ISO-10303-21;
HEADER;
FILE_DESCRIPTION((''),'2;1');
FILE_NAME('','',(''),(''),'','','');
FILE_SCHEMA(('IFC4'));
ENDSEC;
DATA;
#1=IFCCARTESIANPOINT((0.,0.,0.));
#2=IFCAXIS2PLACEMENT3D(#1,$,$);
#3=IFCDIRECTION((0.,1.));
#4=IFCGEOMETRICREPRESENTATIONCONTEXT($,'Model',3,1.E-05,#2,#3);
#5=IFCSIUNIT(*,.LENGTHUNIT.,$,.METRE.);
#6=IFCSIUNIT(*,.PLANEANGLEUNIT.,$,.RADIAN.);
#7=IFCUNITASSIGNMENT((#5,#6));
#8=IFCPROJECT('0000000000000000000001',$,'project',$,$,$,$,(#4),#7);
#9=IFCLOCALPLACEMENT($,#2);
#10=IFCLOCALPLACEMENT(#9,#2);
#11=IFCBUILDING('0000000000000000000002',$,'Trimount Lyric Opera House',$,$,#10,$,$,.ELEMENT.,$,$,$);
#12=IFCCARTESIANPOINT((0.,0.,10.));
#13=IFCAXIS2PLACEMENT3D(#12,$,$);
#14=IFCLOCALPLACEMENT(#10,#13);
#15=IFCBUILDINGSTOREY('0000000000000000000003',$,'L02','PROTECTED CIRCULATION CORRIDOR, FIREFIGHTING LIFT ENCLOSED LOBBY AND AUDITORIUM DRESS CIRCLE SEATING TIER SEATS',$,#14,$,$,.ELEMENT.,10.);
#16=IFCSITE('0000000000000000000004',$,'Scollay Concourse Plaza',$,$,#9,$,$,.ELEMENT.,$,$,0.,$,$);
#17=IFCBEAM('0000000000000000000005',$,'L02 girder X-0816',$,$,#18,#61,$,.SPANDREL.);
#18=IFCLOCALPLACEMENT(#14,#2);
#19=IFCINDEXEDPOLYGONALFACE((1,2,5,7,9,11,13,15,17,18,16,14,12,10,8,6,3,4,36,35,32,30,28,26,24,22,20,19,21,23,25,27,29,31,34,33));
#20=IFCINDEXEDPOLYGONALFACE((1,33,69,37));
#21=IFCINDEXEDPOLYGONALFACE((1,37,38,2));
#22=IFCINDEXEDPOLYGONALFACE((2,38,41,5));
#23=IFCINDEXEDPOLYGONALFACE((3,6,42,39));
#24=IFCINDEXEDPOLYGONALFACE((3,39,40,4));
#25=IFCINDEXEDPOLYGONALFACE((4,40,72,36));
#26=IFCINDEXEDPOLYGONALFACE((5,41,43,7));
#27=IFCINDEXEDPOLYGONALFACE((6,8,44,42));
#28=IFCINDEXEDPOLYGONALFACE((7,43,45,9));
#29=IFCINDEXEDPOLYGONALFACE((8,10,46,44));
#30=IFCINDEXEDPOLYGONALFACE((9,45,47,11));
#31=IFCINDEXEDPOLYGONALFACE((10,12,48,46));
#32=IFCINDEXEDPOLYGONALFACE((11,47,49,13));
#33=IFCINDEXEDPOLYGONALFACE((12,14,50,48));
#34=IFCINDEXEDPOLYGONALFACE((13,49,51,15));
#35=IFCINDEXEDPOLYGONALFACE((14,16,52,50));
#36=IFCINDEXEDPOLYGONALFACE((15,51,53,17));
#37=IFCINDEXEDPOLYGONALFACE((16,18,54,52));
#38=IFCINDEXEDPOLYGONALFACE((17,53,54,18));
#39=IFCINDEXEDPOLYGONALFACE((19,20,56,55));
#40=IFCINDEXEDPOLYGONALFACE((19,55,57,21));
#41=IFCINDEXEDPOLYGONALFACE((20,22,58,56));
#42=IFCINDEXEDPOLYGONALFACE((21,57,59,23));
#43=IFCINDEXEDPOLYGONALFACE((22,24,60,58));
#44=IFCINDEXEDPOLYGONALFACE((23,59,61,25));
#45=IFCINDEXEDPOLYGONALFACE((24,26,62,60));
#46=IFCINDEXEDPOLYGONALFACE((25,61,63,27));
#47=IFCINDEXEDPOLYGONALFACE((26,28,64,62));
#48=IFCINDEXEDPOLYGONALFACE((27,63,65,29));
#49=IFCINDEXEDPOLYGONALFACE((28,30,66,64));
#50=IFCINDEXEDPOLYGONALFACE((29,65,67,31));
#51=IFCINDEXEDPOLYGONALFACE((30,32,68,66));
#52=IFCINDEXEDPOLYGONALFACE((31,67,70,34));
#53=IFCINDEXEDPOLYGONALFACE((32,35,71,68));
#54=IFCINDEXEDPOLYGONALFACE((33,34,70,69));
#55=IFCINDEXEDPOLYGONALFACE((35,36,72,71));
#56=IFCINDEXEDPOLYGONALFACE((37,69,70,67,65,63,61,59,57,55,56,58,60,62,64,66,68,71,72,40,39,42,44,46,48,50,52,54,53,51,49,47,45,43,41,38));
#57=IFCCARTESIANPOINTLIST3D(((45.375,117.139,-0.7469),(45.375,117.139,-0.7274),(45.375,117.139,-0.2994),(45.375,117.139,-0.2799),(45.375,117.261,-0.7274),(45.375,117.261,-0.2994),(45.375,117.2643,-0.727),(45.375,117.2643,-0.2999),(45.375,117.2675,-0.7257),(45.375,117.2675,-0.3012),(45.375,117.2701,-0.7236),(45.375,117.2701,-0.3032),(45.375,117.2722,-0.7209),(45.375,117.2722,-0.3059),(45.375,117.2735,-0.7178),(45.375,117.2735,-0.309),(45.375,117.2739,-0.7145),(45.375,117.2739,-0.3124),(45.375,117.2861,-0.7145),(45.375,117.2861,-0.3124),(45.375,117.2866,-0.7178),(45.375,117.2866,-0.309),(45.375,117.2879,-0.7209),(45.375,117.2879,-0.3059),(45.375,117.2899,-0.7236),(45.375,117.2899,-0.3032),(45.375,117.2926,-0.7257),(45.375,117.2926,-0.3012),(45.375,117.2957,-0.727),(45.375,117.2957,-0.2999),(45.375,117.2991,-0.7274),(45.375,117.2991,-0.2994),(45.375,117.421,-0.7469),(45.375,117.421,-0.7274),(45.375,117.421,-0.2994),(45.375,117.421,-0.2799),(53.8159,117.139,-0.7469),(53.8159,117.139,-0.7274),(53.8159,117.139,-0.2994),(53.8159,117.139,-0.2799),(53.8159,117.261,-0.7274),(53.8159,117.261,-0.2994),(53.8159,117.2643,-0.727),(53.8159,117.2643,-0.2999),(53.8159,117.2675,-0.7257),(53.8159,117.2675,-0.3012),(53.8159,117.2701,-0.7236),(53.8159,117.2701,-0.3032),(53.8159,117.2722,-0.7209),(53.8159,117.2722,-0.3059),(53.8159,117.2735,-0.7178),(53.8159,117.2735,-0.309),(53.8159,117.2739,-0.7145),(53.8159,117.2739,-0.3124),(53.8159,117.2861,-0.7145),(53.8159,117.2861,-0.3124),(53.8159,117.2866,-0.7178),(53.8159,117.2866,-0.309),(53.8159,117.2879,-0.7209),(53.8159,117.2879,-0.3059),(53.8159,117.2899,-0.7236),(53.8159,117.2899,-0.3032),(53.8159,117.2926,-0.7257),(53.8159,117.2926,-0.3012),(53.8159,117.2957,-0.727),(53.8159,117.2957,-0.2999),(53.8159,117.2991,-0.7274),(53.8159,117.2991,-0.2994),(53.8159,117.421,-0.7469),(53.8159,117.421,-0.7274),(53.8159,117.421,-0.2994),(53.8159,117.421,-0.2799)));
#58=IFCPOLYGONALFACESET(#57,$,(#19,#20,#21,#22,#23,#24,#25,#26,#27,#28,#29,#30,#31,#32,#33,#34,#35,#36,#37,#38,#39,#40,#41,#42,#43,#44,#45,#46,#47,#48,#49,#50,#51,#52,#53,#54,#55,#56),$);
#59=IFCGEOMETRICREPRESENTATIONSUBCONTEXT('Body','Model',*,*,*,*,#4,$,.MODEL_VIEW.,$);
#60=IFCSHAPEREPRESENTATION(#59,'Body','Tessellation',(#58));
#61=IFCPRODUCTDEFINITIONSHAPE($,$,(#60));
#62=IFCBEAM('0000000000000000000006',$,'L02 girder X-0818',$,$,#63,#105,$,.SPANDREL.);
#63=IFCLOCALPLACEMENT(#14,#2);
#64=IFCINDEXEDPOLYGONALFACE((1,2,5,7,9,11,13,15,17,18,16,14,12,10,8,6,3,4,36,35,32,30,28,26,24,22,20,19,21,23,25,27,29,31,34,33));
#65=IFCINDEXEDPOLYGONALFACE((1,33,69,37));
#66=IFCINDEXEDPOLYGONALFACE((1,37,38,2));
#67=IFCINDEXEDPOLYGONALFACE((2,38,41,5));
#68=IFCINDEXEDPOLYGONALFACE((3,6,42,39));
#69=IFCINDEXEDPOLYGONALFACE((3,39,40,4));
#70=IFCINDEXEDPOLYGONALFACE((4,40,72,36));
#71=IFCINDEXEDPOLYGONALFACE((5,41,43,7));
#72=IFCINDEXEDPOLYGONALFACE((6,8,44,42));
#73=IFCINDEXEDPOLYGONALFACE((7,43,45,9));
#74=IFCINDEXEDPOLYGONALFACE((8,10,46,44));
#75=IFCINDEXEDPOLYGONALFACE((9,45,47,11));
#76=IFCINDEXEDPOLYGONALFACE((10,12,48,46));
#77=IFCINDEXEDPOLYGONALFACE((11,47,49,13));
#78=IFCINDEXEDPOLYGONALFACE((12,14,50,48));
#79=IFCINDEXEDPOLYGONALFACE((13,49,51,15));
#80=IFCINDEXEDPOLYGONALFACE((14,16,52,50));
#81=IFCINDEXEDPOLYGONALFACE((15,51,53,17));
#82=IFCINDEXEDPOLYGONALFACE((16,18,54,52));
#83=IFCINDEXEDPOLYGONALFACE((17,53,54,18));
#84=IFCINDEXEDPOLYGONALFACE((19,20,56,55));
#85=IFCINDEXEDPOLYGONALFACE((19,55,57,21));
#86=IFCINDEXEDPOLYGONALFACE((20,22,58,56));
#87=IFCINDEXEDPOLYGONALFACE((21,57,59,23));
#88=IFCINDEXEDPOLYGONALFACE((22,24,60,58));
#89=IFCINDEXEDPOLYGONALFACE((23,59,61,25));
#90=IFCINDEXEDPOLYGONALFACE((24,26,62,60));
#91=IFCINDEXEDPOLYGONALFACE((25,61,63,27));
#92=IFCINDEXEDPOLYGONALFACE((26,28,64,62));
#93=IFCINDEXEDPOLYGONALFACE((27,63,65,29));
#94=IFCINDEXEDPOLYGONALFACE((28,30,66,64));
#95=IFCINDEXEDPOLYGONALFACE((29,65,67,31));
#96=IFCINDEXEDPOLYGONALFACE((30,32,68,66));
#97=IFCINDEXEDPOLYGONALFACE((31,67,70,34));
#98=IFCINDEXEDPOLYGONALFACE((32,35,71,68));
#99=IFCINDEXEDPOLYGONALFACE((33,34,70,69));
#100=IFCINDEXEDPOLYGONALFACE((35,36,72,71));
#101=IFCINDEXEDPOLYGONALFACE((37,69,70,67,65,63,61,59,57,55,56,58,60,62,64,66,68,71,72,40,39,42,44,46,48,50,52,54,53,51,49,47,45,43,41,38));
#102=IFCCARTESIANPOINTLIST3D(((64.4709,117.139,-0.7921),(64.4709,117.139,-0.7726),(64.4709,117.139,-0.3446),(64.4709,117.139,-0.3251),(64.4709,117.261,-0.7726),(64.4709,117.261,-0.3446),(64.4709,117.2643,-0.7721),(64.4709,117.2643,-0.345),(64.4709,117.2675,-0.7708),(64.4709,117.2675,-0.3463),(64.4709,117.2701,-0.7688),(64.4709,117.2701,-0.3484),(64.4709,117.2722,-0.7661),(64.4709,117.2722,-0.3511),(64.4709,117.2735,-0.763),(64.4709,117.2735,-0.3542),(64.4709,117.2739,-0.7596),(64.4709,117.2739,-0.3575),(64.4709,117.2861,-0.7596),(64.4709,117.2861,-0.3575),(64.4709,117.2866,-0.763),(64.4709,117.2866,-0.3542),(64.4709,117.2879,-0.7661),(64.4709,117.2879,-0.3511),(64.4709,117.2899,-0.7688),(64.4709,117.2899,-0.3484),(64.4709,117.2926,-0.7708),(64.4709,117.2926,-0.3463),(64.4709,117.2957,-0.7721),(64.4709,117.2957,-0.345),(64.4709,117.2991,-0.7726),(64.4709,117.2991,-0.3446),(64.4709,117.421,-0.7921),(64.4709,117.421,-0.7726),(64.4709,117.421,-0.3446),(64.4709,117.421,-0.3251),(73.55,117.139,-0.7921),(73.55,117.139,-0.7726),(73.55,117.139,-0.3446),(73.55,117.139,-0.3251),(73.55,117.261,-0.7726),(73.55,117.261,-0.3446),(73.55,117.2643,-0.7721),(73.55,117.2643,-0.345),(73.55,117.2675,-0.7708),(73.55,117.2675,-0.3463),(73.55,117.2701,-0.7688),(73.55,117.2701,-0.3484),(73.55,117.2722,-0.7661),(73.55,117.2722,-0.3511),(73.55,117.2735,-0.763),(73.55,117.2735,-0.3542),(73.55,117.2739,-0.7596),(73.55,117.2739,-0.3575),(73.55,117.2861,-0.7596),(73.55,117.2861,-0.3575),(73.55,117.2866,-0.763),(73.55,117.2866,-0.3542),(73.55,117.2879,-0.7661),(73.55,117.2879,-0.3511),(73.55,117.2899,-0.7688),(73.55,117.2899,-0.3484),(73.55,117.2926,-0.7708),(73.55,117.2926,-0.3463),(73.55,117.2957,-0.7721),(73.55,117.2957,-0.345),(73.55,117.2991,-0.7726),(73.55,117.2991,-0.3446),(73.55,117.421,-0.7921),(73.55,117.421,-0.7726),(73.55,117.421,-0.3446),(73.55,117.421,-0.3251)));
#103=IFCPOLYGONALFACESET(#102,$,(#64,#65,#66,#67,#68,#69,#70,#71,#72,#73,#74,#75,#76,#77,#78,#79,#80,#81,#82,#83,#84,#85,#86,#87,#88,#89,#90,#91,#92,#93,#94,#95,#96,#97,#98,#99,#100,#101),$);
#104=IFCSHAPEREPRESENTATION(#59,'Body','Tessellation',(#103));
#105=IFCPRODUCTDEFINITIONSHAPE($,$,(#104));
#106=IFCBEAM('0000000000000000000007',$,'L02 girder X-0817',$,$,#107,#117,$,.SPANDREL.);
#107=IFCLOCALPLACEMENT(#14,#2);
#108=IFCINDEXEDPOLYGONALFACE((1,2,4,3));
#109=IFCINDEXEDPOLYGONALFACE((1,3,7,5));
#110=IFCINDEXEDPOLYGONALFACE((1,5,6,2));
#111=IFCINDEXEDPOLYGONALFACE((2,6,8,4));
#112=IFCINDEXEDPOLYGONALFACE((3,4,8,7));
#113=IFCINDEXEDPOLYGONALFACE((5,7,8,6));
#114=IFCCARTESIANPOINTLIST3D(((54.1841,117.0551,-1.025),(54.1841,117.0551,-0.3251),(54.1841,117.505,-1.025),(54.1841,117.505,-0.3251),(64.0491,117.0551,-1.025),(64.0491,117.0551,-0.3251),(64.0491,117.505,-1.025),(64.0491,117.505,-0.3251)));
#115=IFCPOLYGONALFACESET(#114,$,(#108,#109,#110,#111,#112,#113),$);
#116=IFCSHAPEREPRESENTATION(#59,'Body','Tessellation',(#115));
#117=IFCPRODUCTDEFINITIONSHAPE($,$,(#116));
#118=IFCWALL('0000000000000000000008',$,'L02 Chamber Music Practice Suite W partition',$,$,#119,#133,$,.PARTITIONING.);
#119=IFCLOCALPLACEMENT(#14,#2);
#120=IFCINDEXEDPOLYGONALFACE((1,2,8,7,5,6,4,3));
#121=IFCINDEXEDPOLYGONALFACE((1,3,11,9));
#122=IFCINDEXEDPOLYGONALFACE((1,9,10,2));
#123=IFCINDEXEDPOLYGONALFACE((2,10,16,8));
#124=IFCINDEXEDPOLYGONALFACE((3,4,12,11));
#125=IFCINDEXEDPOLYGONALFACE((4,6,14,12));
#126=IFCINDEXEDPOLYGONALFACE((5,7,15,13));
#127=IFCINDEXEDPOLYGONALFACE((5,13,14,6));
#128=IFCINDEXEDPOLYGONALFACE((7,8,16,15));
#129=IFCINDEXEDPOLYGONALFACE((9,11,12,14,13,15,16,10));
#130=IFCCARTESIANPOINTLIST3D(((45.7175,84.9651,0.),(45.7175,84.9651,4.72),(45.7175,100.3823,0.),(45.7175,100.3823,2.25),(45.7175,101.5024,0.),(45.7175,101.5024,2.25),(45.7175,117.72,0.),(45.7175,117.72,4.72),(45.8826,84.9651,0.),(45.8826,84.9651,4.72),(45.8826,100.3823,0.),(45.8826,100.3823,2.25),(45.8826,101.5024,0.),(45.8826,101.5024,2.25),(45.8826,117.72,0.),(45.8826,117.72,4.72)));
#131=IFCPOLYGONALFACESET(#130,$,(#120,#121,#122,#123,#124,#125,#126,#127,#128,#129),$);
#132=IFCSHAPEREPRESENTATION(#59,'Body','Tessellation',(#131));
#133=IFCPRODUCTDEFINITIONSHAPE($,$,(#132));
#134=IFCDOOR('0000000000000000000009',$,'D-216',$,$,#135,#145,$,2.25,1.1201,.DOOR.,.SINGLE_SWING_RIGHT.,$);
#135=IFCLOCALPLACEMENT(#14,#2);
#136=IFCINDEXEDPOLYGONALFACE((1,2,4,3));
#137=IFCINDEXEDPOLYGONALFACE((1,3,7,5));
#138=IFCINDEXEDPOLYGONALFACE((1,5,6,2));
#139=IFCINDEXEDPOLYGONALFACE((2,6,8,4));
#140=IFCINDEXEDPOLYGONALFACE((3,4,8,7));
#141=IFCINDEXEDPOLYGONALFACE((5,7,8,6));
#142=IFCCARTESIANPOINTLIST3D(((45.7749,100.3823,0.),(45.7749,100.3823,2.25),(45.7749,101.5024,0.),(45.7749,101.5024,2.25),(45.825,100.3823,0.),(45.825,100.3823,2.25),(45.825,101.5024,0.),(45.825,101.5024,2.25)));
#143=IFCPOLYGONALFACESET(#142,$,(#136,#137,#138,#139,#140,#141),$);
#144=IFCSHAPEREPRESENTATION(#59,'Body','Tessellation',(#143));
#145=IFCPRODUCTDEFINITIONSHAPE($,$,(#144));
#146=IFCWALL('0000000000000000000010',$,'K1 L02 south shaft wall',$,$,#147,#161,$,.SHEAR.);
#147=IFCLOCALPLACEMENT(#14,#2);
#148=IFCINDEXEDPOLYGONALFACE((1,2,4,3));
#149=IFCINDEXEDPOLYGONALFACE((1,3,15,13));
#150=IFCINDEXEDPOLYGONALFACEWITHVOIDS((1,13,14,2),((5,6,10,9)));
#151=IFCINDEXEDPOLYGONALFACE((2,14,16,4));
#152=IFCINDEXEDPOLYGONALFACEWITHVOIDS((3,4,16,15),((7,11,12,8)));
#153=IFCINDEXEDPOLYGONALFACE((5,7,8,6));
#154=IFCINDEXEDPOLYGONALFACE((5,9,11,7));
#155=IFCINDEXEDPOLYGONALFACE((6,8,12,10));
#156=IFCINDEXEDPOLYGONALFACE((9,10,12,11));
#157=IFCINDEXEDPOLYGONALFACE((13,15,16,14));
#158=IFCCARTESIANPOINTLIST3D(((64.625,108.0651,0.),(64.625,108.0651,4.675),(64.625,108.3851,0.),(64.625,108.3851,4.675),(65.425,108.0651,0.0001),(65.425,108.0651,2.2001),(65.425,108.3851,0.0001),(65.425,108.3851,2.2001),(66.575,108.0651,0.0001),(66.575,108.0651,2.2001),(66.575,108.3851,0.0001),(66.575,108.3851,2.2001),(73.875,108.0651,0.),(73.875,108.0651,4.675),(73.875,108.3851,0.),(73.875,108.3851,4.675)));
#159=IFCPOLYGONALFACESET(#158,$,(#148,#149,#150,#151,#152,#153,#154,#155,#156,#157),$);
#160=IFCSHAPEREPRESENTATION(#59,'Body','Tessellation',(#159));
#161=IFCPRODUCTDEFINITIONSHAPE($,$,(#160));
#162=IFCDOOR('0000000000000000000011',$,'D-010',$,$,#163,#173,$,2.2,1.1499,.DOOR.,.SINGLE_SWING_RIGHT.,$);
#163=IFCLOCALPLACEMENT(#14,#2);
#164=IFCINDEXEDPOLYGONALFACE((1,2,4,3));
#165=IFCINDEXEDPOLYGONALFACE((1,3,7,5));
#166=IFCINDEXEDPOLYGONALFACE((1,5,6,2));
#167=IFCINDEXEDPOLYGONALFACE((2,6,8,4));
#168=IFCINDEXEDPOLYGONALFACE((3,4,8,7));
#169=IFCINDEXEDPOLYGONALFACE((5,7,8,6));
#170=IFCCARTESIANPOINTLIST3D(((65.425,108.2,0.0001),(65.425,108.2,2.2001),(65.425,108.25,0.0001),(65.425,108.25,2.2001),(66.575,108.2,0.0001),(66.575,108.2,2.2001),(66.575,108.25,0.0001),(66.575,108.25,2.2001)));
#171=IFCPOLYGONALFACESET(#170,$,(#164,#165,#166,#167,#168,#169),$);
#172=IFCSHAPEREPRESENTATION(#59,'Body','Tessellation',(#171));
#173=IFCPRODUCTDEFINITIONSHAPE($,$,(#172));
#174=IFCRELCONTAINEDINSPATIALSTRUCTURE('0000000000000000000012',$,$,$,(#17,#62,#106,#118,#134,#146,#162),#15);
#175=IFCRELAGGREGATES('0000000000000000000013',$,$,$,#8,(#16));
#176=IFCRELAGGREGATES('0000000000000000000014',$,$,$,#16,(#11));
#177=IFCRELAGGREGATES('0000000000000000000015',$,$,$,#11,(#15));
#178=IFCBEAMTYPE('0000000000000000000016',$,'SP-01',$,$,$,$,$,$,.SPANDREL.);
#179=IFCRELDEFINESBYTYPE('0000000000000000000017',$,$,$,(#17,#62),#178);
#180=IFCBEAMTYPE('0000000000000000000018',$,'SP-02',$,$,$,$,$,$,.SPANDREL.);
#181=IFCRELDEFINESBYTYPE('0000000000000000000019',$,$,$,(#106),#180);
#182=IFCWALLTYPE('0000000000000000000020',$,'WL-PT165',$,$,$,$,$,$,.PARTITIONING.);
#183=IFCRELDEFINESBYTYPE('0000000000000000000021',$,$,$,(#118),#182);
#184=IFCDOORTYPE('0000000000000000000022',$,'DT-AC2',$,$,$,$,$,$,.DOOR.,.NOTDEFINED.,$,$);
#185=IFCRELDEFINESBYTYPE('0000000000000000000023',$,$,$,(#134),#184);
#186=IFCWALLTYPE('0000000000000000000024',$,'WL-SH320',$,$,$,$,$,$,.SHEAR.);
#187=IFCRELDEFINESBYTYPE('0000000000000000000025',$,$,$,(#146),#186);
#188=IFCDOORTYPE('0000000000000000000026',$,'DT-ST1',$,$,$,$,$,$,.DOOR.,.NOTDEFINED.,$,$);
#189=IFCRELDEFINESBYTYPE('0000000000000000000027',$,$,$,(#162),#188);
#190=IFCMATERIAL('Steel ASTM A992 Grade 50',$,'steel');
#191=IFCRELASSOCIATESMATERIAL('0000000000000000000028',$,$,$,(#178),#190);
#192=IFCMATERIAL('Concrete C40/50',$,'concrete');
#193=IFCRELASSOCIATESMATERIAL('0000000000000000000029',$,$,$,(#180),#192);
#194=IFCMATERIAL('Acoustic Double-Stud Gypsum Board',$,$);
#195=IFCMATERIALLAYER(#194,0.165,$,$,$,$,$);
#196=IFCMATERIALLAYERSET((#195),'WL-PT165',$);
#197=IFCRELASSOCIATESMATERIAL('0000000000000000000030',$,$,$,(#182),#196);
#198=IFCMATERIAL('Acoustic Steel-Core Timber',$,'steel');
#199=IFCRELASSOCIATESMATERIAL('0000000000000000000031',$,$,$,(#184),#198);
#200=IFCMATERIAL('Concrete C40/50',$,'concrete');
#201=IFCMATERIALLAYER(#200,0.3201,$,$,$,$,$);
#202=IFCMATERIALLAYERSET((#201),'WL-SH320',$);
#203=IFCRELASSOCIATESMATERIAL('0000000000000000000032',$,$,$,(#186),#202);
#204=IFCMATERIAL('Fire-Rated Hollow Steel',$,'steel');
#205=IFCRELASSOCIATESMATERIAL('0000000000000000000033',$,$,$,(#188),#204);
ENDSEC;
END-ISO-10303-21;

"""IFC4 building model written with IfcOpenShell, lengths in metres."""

from ifc_helpers import new_model, si_unit, direction, frame, frame_2d, origin, origin_2d, place, context, subcontext, project, spatial, rectangle, i_section, extrude, material, layer, layer_set, material_profile, profile_set, type_object, element, fill, save


model = new_model("IFC4")

# Units and contexts
model_context = context("Model", 3, precision=1e-05, world=origin(), true_north=direction((0.0, 1.0)))
body_context = subcontext(model_context, "Body", "Model", "MODEL_VIEW")
ifc_project = project(units=[si_unit("LENGTHUNIT", "METRE"), si_unit("PLANEANGLEUNIT", "RADIAN")], contexts=[model_context])

# Site, building, storey
site_placement = place(None, origin())
site = spatial("IfcSite", under=ifc_project, at=site_placement, Name="Scollay Concourse Plaza", CompositionType="ELEMENT", RefElevation=0.0)
building_placement = place(site_placement, origin())
building = spatial("IfcBuilding", under=site, at=building_placement, Name="Trimount Lyric Opera House", CompositionType="ELEMENT")
storey_placement = place(building_placement, frame((0.0, 0.0, 10.0)))
storey = spatial("IfcBuildingStorey", under=building, at=storey_placement, Name="L02", Description="PROTECTED CIRCULATION CORRIDOR, FIREFIGHTING LIFT ENCLOSED LOBBY AND AUDITORIUM DRESS CIRCLE SEATING TIER SEATS", CompositionType="ELEMENT", Elevation=10.0)

# Beams
ifc_material_1 = material(Name="Steel ASTM A992 Grade 50", Category="steel")
ifc_material_profile_1 = material_profile(ifc_material_1, i_section(OverallWidth=0.282, OverallDepth=0.467, WebThickness=0.0122, FlangeThickness=0.0195, FilletRadius=0.0129, at=origin_2d()), Name="W18X86")
ifc_profile_set_1 = profile_set([ifc_material_profile_1], Name="Steel ASTM A992 Grade 50")
beam_type_1 = type_object("IfcBeamType", Name="SP-01", PredefinedType="SPANDREL", material=ifc_profile_set_1)
beam_1_placement = place(storey_placement, frame((45.375, 117.28, -0.5134), z_axis=(1.0, 0.0, 0.0), x_axis=(0.0, 1.0, 0.0)))
element("IfcBeam", 1, at=beam_1_placement, inside=storey, type_object=beam_type_1, Name="L02 girder X-0816", PredefinedType="SPANDREL", context=body_context, shape_type="SweptSolid", body=[
    extrude(i_section(OverallWidth=0.282, OverallDepth=0.467, WebThickness=0.0122, FlangeThickness=0.0195, FilletRadius=0.0129, at=origin_2d()), origin(), (0.0, 0.0, 1.0), 8.4409),
])
beam_2_placement = place(storey_placement, frame((64.4709, 117.28, -0.5586), z_axis=(1.0, 0.0, 0.0), x_axis=(0.0, 1.0, 0.0)))
element("IfcBeam", 2, at=beam_2_placement, inside=storey, type_object=beam_type_1, Name="L02 girder X-0818", PredefinedType="SPANDREL", context=body_context, shape_type="SweptSolid", body=[
    extrude(i_section(OverallWidth=0.282, OverallDepth=0.467, WebThickness=0.0122, FlangeThickness=0.0195, FilletRadius=0.0129, at=origin_2d()), origin(), (0.0, 0.0, 1.0), 9.0791),
])
ifc_material_2 = material(Name="Concrete C40/50", Category="concrete")
ifc_material_profile_2 = material_profile(ifc_material_2, rectangle(XDim=0.45, YDim=0.7, at=origin_2d()), Name="RC450X700")
ifc_profile_set_2 = profile_set([ifc_material_profile_2], Name="Concrete C40/50")
beam_type_2 = type_object("IfcBeamType", Name="SP-02", PredefinedType="SPANDREL", material=ifc_profile_set_2)
beam_3_placement = place(storey_placement, frame((54.1841, 117.28, -0.675), z_axis=(1.0, 0.0, 0.0), x_axis=(0.0, 1.0, 0.0)))
element("IfcBeam", 3, at=beam_3_placement, inside=storey, type_object=beam_type_2, Name="L02 girder X-0817", PredefinedType="SPANDREL", context=body_context, shape_type="SweptSolid", body=[
    extrude(rectangle(XDim=0.45, YDim=0.7, at=origin_2d()), origin(), (0.0, 0.0, 1.0), 9.865),
])

# Walls, openings, doors
ifc_material_3 = material(Name="Acoustic Double-Stud Gypsum Board")
ifc_layer_1 = layer(ifc_material_3, 0.165)
ifc_layer_set_1 = layer_set([ifc_layer_1], Name="WL-PT165")
wall_type_1 = type_object("IfcWallType", Name="WL-PT165", PredefinedType="PARTITIONING", material=ifc_layer_set_1)
wall_1_placement = place(storey_placement, frame((45.8, 117.72, 0.0), z_axis=(0.0, 0.0, 1.0), x_axis=(0.0, -1.0, 0.0)))
wall_1 = element("IfcWall", 4, at=wall_1_placement, inside=storey, type_object=wall_type_1, Name="L02 Chamber Music Practice Suite W partition", PredefinedType="PARTITIONING", context=body_context, shape_type="SweptSolid", body=[
    extrude(rectangle(XDim=32.7549, YDim=0.165, at=frame_2d((16.3774, 0.0))), origin(), (0.0, 0.0, 1.0), 4.72),
])
opening_1_placement = place(wall_1_placement, frame((16.2175, 0.0, 0.0)))
opening_1 = element("IfcOpeningElement", 5, at=opening_1_placement, cuts=wall_1, PredefinedType="OPENING", context=body_context, shape_type="SweptSolid", body=[
    extrude(rectangle(XDim=1.1201, YDim=2.25, at=frame_2d((0.5601, 1.125))), frame((0.0, 0.0925, 0.0), z_axis=(0.0, -1.0, 0.0), x_axis=(1.0, 0.0, 0.0)), (0.0, 0.0, 1.0), 0.1851),
])
ifc_material_4 = material(Name="Acoustic Steel-Core Timber", Category="steel")
door_type_1 = type_object("IfcDoorType", Name="DT-AC2", OperationType="NOTDEFINED", PredefinedType="DOOR", material=ifc_material_4)
door_1_placement = place(opening_1_placement, origin())
door_1 = element("IfcDoor", 6, at=door_1_placement, inside=storey, type_object=door_type_1, Name="D-216", OperationType="SINGLE_SWING_RIGHT", OverallHeight=2.25, OverallWidth=1.1201, PredefinedType="DOOR", context=body_context, shape_type="SweptSolid", body=[
    extrude(rectangle(XDim=1.1201, YDim=2.25, at=frame_2d((0.5601, 1.125))), frame((0.0, 0.0249, 0.0), z_axis=(0.0, -1.0, 0.0), x_axis=(1.0, 0.0, 0.0)), (0.0, 0.0, 1.0), 0.05),
])
fill(opening_1, door_1)
ifc_material_5 = material(Name="Concrete C40/50", Category="concrete")
ifc_layer_2 = layer(ifc_material_5, 0.3201)
ifc_layer_set_2 = layer_set([ifc_layer_2], Name="WL-SH320")
wall_type_2 = type_object("IfcWallType", Name="WL-SH320", PredefinedType="SHEAR", material=ifc_layer_set_2)
wall_2_placement = place(storey_placement, frame((64.625, 108.2251, 0.0), z_axis=(0.0, 0.0, 1.0), x_axis=(1.0, 0.0, 0.0)))
wall_2 = element("IfcWall", 7, at=wall_2_placement, inside=storey, type_object=wall_type_2, Name="K1 L02 south shaft wall", PredefinedType="SHEAR", context=body_context, shape_type="SweptSolid", body=[
    extrude(rectangle(XDim=9.25, YDim=0.3201, at=frame_2d((4.625, 0.0))), origin(), (0.0, 0.0, 1.0), 4.675),
])
opening_2_placement = place(wall_2_placement, frame((0.8, 0.0, 0.0)))
opening_2 = element("IfcOpeningElement", 8, at=opening_2_placement, cuts=wall_2, PredefinedType="OPENING", context=body_context, shape_type="SweptSolid", body=[
    extrude(rectangle(XDim=1.1499, YDim=2.2, at=frame_2d((0.575, 1.1001))), frame((0.0, 0.1699, 0.0), z_axis=(0.0, -1.0, 0.0), x_axis=(1.0, 0.0, 0.0)), (0.0, 0.0, 1.0), 0.3401),
])
ifc_material_6 = material(Name="Fire-Rated Hollow Steel", Category="steel")
door_type_2 = type_object("IfcDoorType", Name="DT-ST1", OperationType="NOTDEFINED", PredefinedType="DOOR", material=ifc_material_6)
door_2_placement = place(opening_2_placement, origin())
door_2 = element("IfcDoor", 9, at=door_2_placement, inside=storey, type_object=door_type_2, Name="D-010", OperationType="SINGLE_SWING_RIGHT", OverallHeight=2.2, OverallWidth=1.1499, PredefinedType="DOOR", context=body_context, shape_type="SweptSolid", body=[
    extrude(rectangle(XDim=1.1499, YDim=2.2, at=frame_2d((0.575, 1.1001))), frame((0.0, 0.0249, 0.0), z_axis=(0.0, -1.0, 0.0), x_axis=(1.0, 0.0, 0.0)), (0.0, 0.0, 1.0), 0.05),
])
fill(opening_2, door_2)

save(model, "model.ifc")
